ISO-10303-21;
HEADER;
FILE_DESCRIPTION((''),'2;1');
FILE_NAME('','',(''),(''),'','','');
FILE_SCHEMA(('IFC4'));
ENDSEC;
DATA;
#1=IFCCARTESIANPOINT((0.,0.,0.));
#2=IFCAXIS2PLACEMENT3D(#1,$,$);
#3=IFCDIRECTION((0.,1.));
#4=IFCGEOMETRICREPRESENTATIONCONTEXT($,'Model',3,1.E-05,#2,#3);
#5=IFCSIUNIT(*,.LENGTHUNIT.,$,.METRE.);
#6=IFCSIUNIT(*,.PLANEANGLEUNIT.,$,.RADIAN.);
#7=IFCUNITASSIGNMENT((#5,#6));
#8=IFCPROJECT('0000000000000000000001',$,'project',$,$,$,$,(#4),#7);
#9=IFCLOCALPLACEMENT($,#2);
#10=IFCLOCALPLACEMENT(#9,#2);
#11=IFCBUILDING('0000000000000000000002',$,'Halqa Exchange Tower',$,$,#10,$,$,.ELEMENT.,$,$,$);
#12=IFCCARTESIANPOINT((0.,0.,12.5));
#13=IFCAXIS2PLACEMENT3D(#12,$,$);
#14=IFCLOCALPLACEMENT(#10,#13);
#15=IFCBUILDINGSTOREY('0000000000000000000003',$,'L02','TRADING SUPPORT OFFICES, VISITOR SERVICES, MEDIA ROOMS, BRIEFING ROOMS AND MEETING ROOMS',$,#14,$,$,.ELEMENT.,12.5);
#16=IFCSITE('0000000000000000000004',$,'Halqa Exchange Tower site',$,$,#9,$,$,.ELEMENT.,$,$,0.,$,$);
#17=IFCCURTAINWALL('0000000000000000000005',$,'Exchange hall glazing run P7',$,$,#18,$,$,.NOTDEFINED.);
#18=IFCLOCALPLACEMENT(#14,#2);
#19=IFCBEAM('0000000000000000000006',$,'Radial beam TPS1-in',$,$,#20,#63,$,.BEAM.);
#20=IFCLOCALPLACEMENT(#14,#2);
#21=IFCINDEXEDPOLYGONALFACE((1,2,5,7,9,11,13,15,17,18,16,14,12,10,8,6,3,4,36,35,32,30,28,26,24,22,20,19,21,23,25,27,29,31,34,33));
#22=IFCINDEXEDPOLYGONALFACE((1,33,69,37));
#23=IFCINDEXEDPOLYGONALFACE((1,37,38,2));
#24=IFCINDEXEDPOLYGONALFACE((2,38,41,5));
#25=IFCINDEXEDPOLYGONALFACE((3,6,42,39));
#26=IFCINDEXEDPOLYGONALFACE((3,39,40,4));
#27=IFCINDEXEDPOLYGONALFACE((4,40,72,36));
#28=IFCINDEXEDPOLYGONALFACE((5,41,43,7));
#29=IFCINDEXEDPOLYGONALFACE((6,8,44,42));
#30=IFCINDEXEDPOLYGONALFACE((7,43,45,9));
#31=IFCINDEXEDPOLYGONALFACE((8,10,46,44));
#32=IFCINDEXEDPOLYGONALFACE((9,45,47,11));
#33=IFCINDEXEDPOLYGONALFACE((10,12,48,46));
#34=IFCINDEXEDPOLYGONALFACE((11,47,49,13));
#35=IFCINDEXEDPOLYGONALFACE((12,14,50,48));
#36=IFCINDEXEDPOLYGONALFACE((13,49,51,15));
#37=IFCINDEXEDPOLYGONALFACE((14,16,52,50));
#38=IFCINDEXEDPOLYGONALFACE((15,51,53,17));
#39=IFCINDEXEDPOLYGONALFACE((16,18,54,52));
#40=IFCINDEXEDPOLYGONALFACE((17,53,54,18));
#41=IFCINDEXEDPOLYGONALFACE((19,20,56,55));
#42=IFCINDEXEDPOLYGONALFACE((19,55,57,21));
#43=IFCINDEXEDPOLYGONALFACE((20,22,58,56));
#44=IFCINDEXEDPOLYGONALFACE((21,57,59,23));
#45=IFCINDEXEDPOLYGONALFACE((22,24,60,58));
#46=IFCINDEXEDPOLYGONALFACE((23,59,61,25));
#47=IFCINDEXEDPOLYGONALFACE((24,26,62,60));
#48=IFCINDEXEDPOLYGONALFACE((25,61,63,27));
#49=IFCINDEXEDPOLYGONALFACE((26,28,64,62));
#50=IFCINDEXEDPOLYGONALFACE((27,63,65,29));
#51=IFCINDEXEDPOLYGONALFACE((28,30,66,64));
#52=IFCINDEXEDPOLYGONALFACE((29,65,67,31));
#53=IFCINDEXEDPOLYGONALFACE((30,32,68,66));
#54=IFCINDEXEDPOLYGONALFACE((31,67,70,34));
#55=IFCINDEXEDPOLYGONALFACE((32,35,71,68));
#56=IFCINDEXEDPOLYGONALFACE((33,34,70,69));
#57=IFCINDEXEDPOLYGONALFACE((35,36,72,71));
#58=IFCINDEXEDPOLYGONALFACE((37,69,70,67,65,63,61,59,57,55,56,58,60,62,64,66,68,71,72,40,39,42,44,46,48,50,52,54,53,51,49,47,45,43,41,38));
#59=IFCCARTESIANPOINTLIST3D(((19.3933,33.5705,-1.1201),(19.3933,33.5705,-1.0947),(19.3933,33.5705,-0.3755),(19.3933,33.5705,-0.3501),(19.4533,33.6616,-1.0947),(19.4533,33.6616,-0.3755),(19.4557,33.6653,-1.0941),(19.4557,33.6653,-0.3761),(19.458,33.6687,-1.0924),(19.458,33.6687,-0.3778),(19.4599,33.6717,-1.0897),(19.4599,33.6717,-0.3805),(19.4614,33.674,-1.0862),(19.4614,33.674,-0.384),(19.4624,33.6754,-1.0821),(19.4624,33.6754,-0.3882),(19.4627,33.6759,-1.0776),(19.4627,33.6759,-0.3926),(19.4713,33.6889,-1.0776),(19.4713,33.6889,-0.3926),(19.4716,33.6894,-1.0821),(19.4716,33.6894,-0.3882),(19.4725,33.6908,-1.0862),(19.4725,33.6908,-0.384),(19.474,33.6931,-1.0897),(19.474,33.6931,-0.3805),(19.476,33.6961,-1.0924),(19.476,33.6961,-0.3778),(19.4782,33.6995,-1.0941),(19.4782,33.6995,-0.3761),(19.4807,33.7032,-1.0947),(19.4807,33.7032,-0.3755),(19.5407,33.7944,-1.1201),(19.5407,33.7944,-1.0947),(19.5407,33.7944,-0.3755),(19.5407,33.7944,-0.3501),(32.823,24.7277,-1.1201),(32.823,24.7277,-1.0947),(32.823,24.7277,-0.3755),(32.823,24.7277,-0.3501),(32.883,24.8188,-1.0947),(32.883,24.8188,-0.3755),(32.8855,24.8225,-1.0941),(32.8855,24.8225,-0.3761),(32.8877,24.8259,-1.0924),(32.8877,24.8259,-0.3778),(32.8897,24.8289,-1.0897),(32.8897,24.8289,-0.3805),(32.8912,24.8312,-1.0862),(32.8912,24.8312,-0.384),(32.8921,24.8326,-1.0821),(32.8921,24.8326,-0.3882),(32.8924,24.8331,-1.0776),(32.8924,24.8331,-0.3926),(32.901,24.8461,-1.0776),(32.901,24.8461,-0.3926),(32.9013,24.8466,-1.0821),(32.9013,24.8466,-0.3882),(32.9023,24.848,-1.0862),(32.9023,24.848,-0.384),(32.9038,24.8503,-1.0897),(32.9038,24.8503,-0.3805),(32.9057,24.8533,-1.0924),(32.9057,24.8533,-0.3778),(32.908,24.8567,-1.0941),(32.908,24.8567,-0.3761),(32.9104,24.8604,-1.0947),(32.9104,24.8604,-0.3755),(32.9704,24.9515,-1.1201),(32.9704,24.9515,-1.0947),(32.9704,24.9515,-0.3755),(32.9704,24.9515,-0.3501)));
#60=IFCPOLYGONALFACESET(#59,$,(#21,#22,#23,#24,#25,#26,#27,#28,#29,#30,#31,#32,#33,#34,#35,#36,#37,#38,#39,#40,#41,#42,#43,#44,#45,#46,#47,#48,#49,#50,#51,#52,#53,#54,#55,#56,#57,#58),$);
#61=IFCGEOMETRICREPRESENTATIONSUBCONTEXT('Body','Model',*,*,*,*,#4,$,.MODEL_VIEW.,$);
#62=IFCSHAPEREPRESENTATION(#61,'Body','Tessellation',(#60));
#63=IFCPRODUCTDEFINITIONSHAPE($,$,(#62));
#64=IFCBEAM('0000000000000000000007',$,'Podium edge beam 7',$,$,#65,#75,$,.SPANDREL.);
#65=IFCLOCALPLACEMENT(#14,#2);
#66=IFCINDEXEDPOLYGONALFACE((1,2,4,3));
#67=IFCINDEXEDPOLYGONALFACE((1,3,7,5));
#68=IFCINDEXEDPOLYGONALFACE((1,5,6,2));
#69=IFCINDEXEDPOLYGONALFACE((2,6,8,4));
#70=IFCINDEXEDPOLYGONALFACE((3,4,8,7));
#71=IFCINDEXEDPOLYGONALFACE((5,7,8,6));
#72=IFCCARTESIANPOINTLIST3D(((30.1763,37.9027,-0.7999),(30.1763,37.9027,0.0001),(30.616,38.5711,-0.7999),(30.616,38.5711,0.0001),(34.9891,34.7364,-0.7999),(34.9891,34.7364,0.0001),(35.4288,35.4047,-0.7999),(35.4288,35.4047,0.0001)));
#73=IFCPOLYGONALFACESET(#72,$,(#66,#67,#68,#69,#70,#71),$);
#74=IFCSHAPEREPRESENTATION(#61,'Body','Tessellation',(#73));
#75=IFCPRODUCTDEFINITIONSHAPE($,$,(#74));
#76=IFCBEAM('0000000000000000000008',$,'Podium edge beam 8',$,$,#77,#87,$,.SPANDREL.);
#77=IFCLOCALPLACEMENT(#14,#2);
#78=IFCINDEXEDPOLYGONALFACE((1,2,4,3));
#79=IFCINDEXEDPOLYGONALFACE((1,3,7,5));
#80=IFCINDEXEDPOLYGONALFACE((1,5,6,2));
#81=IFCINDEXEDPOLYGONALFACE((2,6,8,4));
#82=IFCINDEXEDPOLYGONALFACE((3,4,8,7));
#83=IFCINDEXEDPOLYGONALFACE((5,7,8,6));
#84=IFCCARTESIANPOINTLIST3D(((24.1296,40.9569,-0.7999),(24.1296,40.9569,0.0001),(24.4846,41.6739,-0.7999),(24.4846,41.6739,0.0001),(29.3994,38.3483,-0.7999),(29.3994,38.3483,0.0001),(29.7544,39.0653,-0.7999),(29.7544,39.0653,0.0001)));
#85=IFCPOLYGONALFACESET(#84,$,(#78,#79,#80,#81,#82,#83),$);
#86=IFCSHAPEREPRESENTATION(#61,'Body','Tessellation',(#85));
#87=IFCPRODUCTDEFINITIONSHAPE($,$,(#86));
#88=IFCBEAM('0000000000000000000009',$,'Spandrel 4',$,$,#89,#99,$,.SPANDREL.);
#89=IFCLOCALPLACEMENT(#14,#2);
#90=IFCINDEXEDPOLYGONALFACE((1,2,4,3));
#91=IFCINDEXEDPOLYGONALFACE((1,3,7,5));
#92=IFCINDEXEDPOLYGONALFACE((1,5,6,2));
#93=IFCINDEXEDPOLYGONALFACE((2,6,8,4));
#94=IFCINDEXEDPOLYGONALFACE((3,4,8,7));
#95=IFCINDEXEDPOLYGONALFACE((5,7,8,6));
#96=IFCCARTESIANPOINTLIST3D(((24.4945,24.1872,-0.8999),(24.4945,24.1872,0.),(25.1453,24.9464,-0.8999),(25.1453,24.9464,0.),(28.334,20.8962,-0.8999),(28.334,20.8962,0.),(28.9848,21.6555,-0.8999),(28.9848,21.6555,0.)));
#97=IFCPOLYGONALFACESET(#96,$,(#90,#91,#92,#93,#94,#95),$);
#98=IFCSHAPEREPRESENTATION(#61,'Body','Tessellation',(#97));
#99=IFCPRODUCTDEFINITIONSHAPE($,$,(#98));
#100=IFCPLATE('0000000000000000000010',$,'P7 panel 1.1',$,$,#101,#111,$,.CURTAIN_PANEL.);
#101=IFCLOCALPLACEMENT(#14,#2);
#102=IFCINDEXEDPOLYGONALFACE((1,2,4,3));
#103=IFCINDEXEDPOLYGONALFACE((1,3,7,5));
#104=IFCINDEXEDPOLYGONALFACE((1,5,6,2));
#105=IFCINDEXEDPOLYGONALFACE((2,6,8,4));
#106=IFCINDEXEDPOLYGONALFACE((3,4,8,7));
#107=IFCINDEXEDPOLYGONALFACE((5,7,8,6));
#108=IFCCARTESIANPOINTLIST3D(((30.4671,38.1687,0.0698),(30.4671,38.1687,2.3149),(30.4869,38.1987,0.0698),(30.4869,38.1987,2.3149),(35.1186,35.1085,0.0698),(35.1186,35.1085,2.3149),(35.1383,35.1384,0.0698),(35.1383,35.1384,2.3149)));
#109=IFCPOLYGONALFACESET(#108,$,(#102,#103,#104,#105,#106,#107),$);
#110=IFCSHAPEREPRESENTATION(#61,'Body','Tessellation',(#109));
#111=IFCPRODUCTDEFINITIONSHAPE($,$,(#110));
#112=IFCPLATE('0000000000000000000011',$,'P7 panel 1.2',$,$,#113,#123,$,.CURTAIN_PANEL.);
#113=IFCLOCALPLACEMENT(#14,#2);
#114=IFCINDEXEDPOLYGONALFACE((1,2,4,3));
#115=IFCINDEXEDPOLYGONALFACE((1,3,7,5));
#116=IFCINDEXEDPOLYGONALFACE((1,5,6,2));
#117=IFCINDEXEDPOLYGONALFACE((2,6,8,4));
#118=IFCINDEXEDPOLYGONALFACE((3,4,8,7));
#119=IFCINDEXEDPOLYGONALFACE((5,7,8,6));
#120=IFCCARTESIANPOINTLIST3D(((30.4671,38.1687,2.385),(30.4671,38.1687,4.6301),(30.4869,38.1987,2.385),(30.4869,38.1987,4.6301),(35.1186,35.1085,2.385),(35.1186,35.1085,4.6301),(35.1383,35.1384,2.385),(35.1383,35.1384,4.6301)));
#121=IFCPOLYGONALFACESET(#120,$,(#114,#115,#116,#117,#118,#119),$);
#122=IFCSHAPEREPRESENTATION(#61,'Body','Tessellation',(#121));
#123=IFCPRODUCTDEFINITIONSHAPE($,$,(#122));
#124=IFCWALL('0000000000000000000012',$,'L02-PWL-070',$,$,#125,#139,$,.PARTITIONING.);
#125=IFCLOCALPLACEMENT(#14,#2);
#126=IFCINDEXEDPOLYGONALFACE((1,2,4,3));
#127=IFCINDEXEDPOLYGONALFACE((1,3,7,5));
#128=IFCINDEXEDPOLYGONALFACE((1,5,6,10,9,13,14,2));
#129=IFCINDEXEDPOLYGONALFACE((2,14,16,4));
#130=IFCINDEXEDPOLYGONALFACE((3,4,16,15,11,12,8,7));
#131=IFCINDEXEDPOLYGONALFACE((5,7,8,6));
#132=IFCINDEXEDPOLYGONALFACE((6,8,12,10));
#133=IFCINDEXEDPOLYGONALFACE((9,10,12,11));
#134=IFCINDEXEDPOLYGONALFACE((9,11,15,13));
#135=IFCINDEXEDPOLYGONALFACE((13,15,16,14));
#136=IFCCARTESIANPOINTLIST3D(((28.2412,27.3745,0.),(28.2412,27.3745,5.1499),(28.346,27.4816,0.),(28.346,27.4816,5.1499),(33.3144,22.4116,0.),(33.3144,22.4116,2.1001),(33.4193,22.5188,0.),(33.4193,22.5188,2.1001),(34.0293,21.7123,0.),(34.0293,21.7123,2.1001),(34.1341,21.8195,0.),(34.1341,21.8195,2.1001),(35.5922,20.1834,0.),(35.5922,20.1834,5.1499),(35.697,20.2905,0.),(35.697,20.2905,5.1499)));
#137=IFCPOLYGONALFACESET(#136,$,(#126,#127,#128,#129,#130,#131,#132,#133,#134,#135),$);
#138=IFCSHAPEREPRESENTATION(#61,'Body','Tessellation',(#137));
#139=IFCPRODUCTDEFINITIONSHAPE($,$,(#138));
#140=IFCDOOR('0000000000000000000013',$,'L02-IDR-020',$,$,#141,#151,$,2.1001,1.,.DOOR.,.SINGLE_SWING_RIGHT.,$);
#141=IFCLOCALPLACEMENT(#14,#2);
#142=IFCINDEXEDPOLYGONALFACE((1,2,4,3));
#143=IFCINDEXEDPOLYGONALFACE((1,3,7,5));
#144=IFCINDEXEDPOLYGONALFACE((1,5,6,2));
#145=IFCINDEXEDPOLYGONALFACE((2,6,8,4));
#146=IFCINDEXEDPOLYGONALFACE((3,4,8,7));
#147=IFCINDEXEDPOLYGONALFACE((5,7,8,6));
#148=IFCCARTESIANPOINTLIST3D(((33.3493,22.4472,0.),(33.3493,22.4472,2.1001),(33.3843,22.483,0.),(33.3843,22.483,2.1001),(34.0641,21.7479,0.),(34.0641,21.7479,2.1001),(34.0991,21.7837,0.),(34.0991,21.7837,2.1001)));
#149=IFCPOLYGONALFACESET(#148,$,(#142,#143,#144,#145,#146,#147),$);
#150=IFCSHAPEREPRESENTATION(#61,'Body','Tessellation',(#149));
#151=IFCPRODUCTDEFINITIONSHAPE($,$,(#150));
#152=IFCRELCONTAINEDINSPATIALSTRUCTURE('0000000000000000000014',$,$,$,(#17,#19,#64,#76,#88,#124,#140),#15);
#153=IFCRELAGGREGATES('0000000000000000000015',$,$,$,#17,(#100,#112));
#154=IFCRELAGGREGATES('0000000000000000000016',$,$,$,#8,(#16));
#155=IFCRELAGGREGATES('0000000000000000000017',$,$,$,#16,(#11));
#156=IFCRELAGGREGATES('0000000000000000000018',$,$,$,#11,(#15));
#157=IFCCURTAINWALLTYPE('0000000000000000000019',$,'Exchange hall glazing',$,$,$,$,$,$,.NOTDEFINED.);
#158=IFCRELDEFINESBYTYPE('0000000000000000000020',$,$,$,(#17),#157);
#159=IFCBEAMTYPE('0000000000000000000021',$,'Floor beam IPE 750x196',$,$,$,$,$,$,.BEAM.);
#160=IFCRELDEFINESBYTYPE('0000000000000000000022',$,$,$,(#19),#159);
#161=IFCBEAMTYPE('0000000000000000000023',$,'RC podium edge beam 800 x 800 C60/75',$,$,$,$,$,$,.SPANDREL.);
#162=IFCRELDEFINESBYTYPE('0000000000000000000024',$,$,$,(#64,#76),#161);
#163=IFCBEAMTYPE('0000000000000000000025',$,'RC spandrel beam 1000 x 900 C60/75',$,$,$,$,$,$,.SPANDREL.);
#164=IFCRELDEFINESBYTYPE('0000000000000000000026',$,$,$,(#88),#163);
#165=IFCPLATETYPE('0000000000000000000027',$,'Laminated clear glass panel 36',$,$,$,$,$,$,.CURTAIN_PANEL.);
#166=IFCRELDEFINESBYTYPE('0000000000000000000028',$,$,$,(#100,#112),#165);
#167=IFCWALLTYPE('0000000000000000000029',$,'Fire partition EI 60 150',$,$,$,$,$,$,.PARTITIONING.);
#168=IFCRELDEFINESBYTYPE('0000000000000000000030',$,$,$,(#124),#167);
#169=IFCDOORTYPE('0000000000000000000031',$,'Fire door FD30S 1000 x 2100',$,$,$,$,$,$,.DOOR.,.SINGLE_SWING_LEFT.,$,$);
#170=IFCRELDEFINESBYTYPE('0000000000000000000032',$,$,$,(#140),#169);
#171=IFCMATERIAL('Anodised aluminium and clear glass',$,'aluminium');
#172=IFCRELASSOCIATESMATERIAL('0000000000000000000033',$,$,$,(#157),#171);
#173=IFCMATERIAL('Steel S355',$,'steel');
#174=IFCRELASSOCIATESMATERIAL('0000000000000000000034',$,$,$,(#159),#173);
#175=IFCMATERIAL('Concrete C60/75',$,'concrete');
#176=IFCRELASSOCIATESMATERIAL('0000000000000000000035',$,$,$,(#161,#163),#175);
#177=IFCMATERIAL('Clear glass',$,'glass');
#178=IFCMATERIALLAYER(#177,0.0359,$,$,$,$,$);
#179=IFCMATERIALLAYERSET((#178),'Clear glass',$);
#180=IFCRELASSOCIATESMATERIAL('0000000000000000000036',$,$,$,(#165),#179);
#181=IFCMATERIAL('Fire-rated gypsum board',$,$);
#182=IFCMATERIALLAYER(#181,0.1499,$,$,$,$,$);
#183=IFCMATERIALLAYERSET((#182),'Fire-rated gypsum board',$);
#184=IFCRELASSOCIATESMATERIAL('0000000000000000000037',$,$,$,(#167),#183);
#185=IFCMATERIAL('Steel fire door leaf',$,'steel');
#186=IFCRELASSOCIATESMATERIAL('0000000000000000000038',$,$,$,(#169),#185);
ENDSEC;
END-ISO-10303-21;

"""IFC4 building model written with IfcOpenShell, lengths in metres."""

from ifc_helpers import new_model, si_unit, direction, frame, frame_2d, origin, origin_2d, place, context, subcontext, project, spatial, rectangle, i_section, extrude, material, layer, layer_set, material_profile, profile_set, type_object, element, fill, aggregate, save


model = new_model("IFC4")

# Units and contexts
model_context = context("Model", 3, precision=1e-05, world=origin(), true_north=direction((0.0, 1.0)))
body_context = subcontext(model_context, "Body", "Model", "MODEL_VIEW")
ifc_project = project(units=[si_unit("LENGTHUNIT", "METRE"), si_unit("PLANEANGLEUNIT", "RADIAN")], contexts=[model_context])

# Site, building, storey
site_placement = place(None, origin())
site = spatial("IfcSite", under=ifc_project, at=site_placement, Name="Halqa Exchange Tower site", CompositionType="ELEMENT", RefElevation=0.0)
building_placement = place(site_placement, origin())
building = spatial("IfcBuilding", under=site, at=building_placement, Name="Halqa Exchange Tower", CompositionType="ELEMENT")
storey_placement = place(building_placement, frame((0.0, 0.0, 12.5)))
storey = spatial("IfcBuildingStorey", under=building, at=storey_placement, Name="L02", Description="TRADING SUPPORT OFFICES, VISITOR SERVICES, MEDIA ROOMS, BRIEFING ROOMS AND MEETING ROOMS", CompositionType="ELEMENT", Elevation=12.5)

# Shared definitions
ifc_material_1 = material(Name="Concrete C60/75", Category="concrete")

# Curtain wall
ifc_material_2 = material(Name="Anodised aluminium and clear glass", Category="aluminium")
curtain_wall_type = type_object("IfcCurtainWallType", Name="Exchange hall glazing", PredefinedType="NOTDEFINED", material=ifc_material_2)
curtain_wall_1_placement = place(storey_placement, origin())
curtain_wall_1 = element("IfcCurtainWall", 1, at=curtain_wall_1_placement, inside=storey, type_object=curtain_wall_type, Name="Exchange hall glazing run P7", PredefinedType="NOTDEFINED")

# Beams
ifc_material_3 = material(Name="Steel S355", Category="steel")
ifc_material_profile_1 = material_profile(ifc_material_3, i_section(OverallWidth=0.2681, OverallDepth=0.77, WebThickness=0.0156, FlangeThickness=0.0254, FilletRadius=0.0171, at=origin_2d()), Name="IPE 750x196")
ifc_profile_set_1 = profile_set([ifc_material_profile_1], Name="Steel S355")
beam_type_1 = type_object("IfcBeamType", Name="Floor beam IPE 750x196", PredefinedType="BEAM", material=ifc_profile_set_1)
beam_1_placement = place(storey_placement, frame((32.8967, 24.8396, -0.7351), z_axis=(-0.835204, 0.54994, 0.0), x_axis=(-0.54994, -0.835204, 0.0)))
element("IfcBeam", 2, at=beam_1_placement, inside=storey, type_object=beam_type_1, Name="Radial beam TPS1-in", PredefinedType="BEAM", context=body_context, shape_type="SweptSolid", body=[
    extrude(i_section(OverallWidth=0.2681, OverallDepth=0.77, WebThickness=0.0156, FlangeThickness=0.0254, FilletRadius=0.0171, at=origin_2d()), origin(), (0.0, 0.0, 1.0), 16.0796),
])
ifc_material_profile_2 = material_profile(ifc_material_1, rectangle(XDim=0.8, YDim=0.8, at=origin_2d()), Name="800 x 800")
ifc_profile_set_2 = profile_set([ifc_material_profile_2], Name="Concrete C60/75")
beam_type_2 = type_object("IfcBeamType", Name="RC podium edge beam 800 x 800 C60/75", PredefinedType="SPANDREL", material=ifc_profile_set_2)
beam_2_placement = place(storey_placement, frame((35.209, 35.0706, -0.3999), z_axis=(-0.835419, 0.549614, 0.0), x_axis=(-0.549614, -0.835419, 0.0)))
element("IfcBeam", 3, at=beam_2_placement, inside=storey, type_object=beam_type_2, Name="Podium edge beam 7", PredefinedType="SPANDREL", context=body_context, shape_type="SweptSolid", body=[
    extrude(rectangle(XDim=0.8, YDim=0.8, at=origin_2d()), origin(), (0.0, 0.0, 1.0), 5.761),
])
beam_3_placement = place(storey_placement, frame((29.5769, 38.7068, -0.3999), z_axis=(-0.896205, 0.443639, 0.0), x_axis=(-0.443639, -0.896205, 0.0)))
element("IfcBeam", 4, at=beam_3_placement, inside=storey, type_object=beam_type_2, Name="Podium edge beam 8", PredefinedType="SPANDREL", context=body_context, shape_type="SweptSolid", body=[
    extrude(rectangle(XDim=0.8, YDim=0.8, at=origin_2d()), origin(), (0.0, 0.0, 1.0), 5.8801),
])
ifc_material_profile_3 = material_profile(ifc_material_1, rectangle(XDim=1.0, YDim=0.8999, at=origin_2d()), Name="1000 x 900")
ifc_profile_set_3 = profile_set([ifc_material_profile_3], Name="Concrete C60/75")
beam_type_3 = type_object("IfcBeamType", Name="RC spandrel beam 1000 x 900 C60/75", PredefinedType="SPANDREL", material=ifc_profile_set_3)
beam_4_placement = place(storey_placement, frame((28.6594, 21.2759, -0.45), z_axis=(-0.759263, 0.650783, 0.0), x_axis=(-0.650783, -0.759263, 0.0)))
element("IfcBeam", 5, at=beam_4_placement, inside=storey, type_object=beam_type_3, Name="Spandrel 4", PredefinedType="SPANDREL", context=body_context, shape_type="SweptSolid", body=[
    extrude(rectangle(XDim=1.0, YDim=0.8999, at=origin_2d()), origin(), (0.0, 0.0, 1.0), 5.0569),
])

# Plates
ifc_material_4 = material(Name="Clear glass", Category="glass")
ifc_layer_1 = layer(ifc_material_4, 0.0359)
ifc_layer_set_1 = layer_set([ifc_layer_1], Name="Clear glass")
plate_type = type_object("IfcPlateType", Name="Laminated clear glass panel 36", PredefinedType="CURTAIN_PANEL", material=ifc_layer_set_1)
plate_1_placement = place(storey_placement, frame((32.8027, 36.6536, 0.0698), z_axis=(0.0, 0.0, 1.0), x_axis=(-0.835415, 0.54962, 0.0)))
plate_1 = element("IfcPlate", 6, at=plate_1_placement, type_object=plate_type, Name="P7 panel 1.1", PredefinedType="CURTAIN_PANEL", context=body_context, shape_type="SweptSolid", body=[
    extrude(rectangle(XDim=5.5679, YDim=0.0359, at=origin_2d()), origin(), (0.0, 0.0, 1.0), 2.2451),
])
plate_2_placement = place(storey_placement, frame((32.8027, 36.6536, 2.385), z_axis=(0.0, 0.0, 1.0), x_axis=(-0.835415, 0.54962, 0.0)))
plate_2 = element("IfcPlate", 7, at=plate_2_placement, type_object=plate_type, Name="P7 panel 1.2", PredefinedType="CURTAIN_PANEL", context=body_context, shape_type="SweptSolid", body=[
    extrude(rectangle(XDim=5.5679, YDim=0.0359, at=origin_2d()), origin(), (0.0, 0.0, 1.0), 2.2451),
])
aggregate(curtain_wall_1, [plate_1, plate_2])

# Wall, opening, door
ifc_material_5 = material(Name="Fire-rated gypsum board")
ifc_layer_2 = layer(ifc_material_5, 0.1499)
ifc_layer_set_2 = layer_set([ifc_layer_2], Name="Fire-rated gypsum board")
wall_type_1 = type_object("IfcWallType", Name="Fire partition EI 60 150", PredefinedType="PARTITIONING", material=ifc_layer_set_2)
wall_1_placement = place(storey_placement, frame((28.2937, 27.428, 0.0), z_axis=(0.0, 0.0, 1.0), x_axis=(0.714839, -0.699289, 0.0)))
wall_1 = element("IfcWall", 8, at=wall_1_placement, inside=storey, type_object=wall_type_1, Name="L02-PWL-070", PredefinedType="PARTITIONING", context=body_context, shape_type="SweptSolid", body=[
    extrude(rectangle(XDim=10.2834, YDim=0.1499, at=frame_2d((5.1416, 0.0))), origin(), (0.0, 0.0, 1.0), 5.1499),
])
opening_1_placement = place(wall_1_placement, frame((7.0969, 0.0, 0.0)))
opening_1 = element("IfcOpeningElement", 9, at=opening_1_placement, cuts=wall_1, PredefinedType="OPENING", context=body_context, shape_type="SweptSolid", body=[
    extrude(rectangle(XDim=1.0, YDim=2.1001, at=frame_2d((0.5, 1.05))), frame((0.0, 0.0869, 0.0), z_axis=(0.0, -1.0, 0.0), x_axis=(1.0, 0.0, 0.0)), (0.0, 0.0, 1.0), 0.1738),
])
ifc_material_6 = material(Name="Steel fire door leaf", Category="steel")
door_type_1 = type_object("IfcDoorType", Name="Fire door FD30S 1000 x 2100", OperationType="SINGLE_SWING_LEFT", PredefinedType="DOOR", material=ifc_material_6)
door_1_placement = place(opening_1_placement, origin())
door_1 = element("IfcDoor", 10, at=door_1_placement, inside=storey, type_object=door_type_1, Name="L02-IDR-020", OperationType="SINGLE_SWING_RIGHT", OverallHeight=2.1001, OverallWidth=1.0, PredefinedType="DOOR", context=body_context, shape_type="SweptSolid", body=[
    extrude(rectangle(XDim=1.0, YDim=2.1001, at=frame_2d((0.5, 1.05))), frame((0.0, 0.0249, 0.0), z_axis=(0.0, -1.0, 0.0), x_axis=(1.0, 0.0, 0.0)), (0.0, 0.0, 1.0), 0.05),
])
fill(opening_1, door_1)

save(model, "model.ifc")
